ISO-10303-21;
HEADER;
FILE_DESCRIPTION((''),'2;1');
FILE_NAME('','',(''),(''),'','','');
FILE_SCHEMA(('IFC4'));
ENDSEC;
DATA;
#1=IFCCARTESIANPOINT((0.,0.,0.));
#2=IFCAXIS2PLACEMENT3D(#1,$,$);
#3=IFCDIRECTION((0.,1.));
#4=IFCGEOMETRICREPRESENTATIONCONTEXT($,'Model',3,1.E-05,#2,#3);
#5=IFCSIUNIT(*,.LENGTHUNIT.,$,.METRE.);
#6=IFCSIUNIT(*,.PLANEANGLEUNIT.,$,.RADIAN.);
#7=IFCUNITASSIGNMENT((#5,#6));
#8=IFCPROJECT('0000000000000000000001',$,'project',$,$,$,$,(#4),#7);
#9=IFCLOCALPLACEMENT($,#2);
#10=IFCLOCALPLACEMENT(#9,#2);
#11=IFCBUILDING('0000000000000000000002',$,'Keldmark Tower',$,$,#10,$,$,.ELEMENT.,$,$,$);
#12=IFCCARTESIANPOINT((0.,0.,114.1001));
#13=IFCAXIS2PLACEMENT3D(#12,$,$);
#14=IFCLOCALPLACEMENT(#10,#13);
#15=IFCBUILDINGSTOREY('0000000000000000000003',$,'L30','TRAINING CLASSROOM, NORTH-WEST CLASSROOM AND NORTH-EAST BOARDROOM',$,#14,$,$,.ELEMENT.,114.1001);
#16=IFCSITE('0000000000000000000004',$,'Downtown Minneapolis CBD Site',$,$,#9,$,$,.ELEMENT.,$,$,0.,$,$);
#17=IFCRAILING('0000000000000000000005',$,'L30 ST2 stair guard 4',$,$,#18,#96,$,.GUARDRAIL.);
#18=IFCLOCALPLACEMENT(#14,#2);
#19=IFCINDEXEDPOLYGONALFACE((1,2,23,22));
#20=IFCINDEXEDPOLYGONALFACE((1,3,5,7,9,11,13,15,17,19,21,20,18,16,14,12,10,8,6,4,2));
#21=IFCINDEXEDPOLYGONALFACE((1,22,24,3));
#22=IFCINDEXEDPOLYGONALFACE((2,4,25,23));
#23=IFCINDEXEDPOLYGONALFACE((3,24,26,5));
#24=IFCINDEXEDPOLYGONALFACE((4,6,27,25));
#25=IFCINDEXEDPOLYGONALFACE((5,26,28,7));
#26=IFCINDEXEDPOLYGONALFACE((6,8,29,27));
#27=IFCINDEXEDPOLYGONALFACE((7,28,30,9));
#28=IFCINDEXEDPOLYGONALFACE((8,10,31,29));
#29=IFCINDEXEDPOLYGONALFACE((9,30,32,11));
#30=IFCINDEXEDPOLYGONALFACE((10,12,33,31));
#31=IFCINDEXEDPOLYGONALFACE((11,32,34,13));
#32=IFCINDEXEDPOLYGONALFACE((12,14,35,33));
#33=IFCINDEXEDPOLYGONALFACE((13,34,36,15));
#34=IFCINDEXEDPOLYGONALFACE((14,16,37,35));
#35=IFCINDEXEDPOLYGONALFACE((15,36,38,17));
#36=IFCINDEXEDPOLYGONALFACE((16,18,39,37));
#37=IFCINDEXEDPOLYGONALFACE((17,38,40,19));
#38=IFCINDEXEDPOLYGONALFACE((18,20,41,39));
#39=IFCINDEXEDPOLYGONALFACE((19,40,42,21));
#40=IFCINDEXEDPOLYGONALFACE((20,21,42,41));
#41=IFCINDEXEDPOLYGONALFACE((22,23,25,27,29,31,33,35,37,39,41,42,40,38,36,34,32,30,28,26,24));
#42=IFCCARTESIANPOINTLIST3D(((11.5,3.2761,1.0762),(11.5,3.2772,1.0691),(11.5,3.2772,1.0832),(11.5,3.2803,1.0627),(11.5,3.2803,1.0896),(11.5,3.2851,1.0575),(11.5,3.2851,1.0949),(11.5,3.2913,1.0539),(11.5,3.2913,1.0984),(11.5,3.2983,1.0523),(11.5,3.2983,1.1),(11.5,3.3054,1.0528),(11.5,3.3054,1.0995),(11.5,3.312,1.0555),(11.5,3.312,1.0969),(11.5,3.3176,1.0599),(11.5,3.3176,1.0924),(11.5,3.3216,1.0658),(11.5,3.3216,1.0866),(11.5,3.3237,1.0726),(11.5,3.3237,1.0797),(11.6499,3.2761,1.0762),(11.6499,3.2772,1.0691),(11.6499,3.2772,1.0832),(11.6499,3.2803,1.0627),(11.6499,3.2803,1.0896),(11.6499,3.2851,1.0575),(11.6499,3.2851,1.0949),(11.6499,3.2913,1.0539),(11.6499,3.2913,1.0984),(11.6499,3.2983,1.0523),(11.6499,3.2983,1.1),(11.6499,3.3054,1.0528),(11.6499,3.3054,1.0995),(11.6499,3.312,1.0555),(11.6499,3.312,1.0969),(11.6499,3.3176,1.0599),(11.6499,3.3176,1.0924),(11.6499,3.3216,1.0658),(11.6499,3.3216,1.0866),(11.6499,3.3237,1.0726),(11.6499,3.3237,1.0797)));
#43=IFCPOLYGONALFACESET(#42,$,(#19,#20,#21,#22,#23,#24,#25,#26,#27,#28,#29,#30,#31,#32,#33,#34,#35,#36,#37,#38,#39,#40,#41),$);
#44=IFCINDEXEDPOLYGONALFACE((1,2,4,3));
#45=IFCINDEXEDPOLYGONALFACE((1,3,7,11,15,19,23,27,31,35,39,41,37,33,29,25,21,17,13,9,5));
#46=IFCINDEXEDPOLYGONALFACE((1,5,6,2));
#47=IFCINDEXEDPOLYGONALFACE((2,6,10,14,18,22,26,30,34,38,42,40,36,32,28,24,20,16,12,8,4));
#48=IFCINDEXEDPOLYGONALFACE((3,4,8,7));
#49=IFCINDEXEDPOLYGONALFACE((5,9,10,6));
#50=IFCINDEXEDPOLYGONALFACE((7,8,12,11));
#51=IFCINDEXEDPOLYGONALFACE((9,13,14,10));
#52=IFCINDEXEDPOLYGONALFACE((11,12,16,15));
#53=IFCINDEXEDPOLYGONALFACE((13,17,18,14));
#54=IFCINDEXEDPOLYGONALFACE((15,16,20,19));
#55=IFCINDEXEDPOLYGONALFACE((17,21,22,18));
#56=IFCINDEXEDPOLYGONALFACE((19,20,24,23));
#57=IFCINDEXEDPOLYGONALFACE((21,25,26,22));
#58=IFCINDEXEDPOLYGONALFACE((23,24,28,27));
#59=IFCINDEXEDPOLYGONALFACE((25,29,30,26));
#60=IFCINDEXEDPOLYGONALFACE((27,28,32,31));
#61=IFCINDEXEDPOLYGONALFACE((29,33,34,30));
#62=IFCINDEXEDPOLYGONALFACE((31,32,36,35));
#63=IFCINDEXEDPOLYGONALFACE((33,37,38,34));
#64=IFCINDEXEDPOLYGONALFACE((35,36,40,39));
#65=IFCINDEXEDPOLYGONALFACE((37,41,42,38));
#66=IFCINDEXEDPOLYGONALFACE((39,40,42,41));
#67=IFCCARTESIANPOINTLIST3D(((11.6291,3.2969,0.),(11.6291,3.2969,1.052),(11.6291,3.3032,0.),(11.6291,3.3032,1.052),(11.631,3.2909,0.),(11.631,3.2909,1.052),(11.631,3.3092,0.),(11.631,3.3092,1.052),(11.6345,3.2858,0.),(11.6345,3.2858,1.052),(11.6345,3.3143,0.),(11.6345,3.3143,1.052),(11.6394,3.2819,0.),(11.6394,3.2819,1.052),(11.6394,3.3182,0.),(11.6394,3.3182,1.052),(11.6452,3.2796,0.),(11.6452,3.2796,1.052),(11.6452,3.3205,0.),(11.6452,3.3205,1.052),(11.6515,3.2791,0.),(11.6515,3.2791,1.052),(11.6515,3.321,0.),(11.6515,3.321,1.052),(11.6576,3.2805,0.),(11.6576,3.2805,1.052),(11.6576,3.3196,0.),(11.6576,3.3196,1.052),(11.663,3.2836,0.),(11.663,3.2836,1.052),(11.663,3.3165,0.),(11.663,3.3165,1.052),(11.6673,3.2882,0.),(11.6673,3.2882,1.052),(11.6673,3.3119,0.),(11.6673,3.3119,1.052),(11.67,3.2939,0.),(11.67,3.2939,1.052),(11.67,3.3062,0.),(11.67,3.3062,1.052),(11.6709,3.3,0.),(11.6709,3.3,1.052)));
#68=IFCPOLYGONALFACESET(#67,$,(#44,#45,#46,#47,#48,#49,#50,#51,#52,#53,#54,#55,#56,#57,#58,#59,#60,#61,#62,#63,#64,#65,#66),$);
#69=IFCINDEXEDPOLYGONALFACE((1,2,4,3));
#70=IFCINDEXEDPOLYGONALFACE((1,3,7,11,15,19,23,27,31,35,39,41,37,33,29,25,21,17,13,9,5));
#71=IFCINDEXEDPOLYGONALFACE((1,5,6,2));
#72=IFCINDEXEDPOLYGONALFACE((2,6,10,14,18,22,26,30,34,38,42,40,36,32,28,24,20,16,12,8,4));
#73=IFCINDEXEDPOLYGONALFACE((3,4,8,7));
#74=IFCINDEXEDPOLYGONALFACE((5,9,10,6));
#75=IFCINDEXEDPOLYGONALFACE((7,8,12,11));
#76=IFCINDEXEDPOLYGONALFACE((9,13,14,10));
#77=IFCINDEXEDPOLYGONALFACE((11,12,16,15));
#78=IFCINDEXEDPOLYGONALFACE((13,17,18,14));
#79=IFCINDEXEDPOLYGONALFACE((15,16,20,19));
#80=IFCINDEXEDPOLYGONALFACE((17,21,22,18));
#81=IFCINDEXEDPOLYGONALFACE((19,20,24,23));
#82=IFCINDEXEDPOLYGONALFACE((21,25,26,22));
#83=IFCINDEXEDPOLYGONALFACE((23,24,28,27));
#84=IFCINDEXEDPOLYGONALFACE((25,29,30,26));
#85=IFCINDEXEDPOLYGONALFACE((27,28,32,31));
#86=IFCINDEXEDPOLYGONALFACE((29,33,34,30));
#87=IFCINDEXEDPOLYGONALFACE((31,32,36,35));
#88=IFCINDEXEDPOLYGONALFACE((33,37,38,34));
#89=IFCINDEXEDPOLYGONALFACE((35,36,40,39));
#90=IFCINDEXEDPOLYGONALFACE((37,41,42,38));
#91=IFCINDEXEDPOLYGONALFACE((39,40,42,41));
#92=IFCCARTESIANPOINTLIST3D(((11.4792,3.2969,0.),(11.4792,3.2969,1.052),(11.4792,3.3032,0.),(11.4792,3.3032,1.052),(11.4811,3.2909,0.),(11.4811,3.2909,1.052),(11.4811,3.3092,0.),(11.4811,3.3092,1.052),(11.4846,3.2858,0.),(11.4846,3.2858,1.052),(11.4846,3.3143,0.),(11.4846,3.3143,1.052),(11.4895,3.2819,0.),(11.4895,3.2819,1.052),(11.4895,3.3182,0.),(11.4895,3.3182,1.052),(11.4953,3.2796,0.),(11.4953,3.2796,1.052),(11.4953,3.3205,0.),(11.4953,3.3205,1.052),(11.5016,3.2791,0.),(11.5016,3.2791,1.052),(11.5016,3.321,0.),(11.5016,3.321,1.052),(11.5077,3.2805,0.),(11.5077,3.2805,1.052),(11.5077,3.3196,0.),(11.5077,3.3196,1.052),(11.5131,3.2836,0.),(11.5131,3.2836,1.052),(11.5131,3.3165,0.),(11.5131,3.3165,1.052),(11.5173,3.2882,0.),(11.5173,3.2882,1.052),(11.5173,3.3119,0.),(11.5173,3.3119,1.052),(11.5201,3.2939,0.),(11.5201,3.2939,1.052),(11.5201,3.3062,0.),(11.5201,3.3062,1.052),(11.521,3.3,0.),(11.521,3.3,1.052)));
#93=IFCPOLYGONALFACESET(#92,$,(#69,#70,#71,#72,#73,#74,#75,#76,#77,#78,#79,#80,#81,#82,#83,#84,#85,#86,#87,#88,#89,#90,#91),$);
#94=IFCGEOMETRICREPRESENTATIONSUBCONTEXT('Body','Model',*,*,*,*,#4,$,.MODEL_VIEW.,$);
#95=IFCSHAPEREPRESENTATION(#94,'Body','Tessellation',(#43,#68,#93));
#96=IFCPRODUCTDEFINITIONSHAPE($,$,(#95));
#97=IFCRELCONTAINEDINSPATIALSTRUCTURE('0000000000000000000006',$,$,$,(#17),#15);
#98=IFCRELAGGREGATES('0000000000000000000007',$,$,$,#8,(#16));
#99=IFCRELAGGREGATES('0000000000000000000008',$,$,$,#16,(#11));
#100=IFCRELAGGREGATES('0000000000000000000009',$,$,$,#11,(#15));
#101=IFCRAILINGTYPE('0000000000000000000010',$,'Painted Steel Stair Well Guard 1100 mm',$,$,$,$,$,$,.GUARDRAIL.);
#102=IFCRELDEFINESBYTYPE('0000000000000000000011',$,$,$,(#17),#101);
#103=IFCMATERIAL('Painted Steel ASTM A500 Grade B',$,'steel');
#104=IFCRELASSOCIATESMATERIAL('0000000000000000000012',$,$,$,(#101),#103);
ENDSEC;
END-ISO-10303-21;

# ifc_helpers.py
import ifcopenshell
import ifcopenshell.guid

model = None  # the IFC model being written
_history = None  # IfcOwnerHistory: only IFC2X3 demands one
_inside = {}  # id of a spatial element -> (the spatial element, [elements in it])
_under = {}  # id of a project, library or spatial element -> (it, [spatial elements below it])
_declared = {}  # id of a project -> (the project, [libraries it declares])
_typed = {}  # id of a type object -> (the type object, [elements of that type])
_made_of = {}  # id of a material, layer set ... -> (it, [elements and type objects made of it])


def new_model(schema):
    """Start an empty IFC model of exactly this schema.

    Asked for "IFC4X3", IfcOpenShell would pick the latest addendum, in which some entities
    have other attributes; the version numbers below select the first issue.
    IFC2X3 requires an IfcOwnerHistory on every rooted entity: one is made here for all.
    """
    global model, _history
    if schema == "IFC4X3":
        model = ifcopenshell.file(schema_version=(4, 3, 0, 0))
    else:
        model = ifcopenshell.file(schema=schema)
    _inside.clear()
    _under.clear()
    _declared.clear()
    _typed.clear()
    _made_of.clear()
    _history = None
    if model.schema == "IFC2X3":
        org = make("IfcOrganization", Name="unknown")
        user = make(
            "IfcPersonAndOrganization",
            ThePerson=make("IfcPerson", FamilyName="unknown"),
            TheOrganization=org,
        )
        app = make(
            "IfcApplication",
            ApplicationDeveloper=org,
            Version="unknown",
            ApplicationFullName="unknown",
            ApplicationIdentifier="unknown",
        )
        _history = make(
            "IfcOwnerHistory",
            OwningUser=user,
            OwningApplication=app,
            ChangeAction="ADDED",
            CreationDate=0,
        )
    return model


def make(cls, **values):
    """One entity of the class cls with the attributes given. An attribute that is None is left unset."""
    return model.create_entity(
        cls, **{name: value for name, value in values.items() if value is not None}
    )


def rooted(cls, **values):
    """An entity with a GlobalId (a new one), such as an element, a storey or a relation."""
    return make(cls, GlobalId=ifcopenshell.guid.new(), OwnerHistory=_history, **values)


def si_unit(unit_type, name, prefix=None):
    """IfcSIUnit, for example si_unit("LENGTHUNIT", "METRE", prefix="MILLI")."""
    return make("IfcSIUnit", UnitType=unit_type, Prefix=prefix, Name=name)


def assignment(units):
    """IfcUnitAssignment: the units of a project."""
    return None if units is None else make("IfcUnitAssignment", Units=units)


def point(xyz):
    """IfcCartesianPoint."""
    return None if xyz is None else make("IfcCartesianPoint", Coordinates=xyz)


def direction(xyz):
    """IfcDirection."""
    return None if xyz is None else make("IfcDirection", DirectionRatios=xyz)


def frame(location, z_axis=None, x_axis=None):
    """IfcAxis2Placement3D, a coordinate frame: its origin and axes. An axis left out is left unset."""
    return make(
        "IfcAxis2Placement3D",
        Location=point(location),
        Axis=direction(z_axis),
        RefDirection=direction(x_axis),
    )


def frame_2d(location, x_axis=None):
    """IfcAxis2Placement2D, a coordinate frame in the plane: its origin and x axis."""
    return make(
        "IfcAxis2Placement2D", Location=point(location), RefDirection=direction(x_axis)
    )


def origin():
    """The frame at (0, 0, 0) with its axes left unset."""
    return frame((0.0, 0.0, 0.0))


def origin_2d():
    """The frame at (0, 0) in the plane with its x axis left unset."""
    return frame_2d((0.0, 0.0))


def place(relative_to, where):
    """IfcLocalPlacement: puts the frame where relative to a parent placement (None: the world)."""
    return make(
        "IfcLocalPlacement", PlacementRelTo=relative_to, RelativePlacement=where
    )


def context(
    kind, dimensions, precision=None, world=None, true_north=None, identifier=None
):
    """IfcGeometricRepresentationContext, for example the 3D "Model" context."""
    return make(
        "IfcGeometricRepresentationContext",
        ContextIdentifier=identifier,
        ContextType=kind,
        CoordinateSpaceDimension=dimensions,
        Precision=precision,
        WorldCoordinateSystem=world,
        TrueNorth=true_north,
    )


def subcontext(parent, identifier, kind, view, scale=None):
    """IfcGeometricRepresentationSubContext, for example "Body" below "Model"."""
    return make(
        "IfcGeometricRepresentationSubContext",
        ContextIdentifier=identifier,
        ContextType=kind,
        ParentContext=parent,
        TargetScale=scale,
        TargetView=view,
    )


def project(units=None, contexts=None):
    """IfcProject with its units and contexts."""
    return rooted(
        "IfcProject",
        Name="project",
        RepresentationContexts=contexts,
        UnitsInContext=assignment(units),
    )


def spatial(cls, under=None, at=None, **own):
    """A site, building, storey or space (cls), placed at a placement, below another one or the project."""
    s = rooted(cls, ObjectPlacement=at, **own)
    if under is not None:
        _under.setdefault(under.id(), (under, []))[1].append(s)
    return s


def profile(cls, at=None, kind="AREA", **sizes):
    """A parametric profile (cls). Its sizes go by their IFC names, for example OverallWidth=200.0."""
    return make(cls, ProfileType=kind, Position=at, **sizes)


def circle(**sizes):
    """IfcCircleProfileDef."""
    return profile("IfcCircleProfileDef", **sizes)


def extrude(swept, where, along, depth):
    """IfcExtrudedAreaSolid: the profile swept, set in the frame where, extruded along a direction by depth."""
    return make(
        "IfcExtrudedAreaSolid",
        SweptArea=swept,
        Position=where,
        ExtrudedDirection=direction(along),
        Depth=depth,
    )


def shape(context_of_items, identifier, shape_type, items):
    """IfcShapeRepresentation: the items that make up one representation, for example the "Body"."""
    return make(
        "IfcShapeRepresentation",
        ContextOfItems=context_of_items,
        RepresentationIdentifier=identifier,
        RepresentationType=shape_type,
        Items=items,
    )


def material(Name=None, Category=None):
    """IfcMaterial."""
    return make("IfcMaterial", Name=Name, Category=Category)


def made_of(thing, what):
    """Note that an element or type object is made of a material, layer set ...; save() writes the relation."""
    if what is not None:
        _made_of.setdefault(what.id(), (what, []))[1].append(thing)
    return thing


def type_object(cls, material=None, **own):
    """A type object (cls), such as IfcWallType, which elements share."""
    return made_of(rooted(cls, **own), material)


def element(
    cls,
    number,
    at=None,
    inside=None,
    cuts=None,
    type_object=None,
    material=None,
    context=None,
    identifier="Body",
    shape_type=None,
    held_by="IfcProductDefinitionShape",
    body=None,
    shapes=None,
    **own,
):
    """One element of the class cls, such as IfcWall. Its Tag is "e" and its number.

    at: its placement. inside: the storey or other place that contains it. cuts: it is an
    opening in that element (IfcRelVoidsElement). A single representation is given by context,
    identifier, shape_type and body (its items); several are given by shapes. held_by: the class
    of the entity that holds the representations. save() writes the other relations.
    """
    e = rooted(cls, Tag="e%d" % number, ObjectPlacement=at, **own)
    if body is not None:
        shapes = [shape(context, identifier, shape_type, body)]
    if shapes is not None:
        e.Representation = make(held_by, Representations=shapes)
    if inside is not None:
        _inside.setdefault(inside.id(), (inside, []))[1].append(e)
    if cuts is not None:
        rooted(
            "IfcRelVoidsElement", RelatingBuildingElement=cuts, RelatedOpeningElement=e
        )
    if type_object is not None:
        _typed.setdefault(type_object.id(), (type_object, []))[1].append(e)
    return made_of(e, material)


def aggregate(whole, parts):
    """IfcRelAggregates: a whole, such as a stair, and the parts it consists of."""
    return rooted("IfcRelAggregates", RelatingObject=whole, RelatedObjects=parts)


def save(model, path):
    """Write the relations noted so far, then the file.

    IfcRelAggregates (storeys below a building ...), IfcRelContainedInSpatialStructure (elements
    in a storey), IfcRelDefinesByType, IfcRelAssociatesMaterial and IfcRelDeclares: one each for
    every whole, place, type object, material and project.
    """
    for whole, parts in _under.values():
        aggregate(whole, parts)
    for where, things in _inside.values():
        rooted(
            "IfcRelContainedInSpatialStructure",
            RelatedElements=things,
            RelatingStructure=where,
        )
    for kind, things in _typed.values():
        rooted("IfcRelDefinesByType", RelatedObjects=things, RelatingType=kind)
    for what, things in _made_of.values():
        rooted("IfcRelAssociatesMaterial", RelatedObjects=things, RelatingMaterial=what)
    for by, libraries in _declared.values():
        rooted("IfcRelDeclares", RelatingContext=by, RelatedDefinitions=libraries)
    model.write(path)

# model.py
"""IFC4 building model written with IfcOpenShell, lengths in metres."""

from ifc_helpers import new_model, si_unit, direction, frame, origin, origin_2d, place, context, subcontext, project, spatial, circle, extrude, material, type_object, element, save


model = new_model("IFC4")

# Units and contexts
model_context = context("Model", 3, precision=1e-05, world=origin(), true_north=direction((0.0, 1.0)))
body_context = subcontext(model_context, "Body", "Model", "MODEL_VIEW")
ifc_project = project(units=[si_unit("LENGTHUNIT", "METRE"), si_unit("PLANEANGLEUNIT", "RADIAN")], contexts=[model_context])

# Site, building, storey
site_placement = place(None, origin())
site = spatial("IfcSite", under=ifc_project, at=site_placement, Name="Downtown Minneapolis CBD Site", CompositionType="ELEMENT", RefElevation=0.0)
building_placement = place(site_placement, origin())
building = spatial("IfcBuilding", under=site, at=building_placement, Name="Keldmark Tower", CompositionType="ELEMENT")
storey_placement = place(building_placement, frame((0.0, 0.0, 114.1001)))
storey = spatial("IfcBuildingStorey", under=building, at=storey_placement, Name="L30", Description="TRAINING CLASSROOM, NORTH-WEST CLASSROOM AND NORTH-EAST BOARDROOM", CompositionType="ELEMENT", Elevation=114.1001)

# Railing
ifc_material_1 = material(Name="Painted Steel ASTM A500 Grade B", Category="steel")
railing_type_1 = type_object("IfcRailingType", Name="Painted Steel Stair Well Guard 1100 mm", PredefinedType="GUARDRAIL", material=ifc_material_1)
railing_1_placement = place(storey_placement, frame((11.6499, 3.3, 0.0)))
element("IfcRailing", 1, at=railing_1_placement, inside=storey, type_object=railing_type_1, Name="L30 ST2 stair guard 4", PredefinedType="GUARDRAIL", context=body_context, shape_type="SweptSolid", body=[
    extrude(circle(Radius=0.0239, at=origin_2d()), frame((0.0, 0.0, 1.0762), z_axis=(-1.0, 0.0, 0.0), x_axis=(0.0, -1.0, 0.0)), (0.0, 0.0, 1.0), 0.1499),
    extrude(circle(Radius=0.021, at=origin_2d()), origin(), (0.0, 0.0, 1.0), 1.052),
    extrude(circle(Radius=0.021, at=origin_2d()), frame((-0.1499, 0.0, 0.0)), (0.0, 0.0, 1.0), 1.052),
])

save(model, "model.ifc")
